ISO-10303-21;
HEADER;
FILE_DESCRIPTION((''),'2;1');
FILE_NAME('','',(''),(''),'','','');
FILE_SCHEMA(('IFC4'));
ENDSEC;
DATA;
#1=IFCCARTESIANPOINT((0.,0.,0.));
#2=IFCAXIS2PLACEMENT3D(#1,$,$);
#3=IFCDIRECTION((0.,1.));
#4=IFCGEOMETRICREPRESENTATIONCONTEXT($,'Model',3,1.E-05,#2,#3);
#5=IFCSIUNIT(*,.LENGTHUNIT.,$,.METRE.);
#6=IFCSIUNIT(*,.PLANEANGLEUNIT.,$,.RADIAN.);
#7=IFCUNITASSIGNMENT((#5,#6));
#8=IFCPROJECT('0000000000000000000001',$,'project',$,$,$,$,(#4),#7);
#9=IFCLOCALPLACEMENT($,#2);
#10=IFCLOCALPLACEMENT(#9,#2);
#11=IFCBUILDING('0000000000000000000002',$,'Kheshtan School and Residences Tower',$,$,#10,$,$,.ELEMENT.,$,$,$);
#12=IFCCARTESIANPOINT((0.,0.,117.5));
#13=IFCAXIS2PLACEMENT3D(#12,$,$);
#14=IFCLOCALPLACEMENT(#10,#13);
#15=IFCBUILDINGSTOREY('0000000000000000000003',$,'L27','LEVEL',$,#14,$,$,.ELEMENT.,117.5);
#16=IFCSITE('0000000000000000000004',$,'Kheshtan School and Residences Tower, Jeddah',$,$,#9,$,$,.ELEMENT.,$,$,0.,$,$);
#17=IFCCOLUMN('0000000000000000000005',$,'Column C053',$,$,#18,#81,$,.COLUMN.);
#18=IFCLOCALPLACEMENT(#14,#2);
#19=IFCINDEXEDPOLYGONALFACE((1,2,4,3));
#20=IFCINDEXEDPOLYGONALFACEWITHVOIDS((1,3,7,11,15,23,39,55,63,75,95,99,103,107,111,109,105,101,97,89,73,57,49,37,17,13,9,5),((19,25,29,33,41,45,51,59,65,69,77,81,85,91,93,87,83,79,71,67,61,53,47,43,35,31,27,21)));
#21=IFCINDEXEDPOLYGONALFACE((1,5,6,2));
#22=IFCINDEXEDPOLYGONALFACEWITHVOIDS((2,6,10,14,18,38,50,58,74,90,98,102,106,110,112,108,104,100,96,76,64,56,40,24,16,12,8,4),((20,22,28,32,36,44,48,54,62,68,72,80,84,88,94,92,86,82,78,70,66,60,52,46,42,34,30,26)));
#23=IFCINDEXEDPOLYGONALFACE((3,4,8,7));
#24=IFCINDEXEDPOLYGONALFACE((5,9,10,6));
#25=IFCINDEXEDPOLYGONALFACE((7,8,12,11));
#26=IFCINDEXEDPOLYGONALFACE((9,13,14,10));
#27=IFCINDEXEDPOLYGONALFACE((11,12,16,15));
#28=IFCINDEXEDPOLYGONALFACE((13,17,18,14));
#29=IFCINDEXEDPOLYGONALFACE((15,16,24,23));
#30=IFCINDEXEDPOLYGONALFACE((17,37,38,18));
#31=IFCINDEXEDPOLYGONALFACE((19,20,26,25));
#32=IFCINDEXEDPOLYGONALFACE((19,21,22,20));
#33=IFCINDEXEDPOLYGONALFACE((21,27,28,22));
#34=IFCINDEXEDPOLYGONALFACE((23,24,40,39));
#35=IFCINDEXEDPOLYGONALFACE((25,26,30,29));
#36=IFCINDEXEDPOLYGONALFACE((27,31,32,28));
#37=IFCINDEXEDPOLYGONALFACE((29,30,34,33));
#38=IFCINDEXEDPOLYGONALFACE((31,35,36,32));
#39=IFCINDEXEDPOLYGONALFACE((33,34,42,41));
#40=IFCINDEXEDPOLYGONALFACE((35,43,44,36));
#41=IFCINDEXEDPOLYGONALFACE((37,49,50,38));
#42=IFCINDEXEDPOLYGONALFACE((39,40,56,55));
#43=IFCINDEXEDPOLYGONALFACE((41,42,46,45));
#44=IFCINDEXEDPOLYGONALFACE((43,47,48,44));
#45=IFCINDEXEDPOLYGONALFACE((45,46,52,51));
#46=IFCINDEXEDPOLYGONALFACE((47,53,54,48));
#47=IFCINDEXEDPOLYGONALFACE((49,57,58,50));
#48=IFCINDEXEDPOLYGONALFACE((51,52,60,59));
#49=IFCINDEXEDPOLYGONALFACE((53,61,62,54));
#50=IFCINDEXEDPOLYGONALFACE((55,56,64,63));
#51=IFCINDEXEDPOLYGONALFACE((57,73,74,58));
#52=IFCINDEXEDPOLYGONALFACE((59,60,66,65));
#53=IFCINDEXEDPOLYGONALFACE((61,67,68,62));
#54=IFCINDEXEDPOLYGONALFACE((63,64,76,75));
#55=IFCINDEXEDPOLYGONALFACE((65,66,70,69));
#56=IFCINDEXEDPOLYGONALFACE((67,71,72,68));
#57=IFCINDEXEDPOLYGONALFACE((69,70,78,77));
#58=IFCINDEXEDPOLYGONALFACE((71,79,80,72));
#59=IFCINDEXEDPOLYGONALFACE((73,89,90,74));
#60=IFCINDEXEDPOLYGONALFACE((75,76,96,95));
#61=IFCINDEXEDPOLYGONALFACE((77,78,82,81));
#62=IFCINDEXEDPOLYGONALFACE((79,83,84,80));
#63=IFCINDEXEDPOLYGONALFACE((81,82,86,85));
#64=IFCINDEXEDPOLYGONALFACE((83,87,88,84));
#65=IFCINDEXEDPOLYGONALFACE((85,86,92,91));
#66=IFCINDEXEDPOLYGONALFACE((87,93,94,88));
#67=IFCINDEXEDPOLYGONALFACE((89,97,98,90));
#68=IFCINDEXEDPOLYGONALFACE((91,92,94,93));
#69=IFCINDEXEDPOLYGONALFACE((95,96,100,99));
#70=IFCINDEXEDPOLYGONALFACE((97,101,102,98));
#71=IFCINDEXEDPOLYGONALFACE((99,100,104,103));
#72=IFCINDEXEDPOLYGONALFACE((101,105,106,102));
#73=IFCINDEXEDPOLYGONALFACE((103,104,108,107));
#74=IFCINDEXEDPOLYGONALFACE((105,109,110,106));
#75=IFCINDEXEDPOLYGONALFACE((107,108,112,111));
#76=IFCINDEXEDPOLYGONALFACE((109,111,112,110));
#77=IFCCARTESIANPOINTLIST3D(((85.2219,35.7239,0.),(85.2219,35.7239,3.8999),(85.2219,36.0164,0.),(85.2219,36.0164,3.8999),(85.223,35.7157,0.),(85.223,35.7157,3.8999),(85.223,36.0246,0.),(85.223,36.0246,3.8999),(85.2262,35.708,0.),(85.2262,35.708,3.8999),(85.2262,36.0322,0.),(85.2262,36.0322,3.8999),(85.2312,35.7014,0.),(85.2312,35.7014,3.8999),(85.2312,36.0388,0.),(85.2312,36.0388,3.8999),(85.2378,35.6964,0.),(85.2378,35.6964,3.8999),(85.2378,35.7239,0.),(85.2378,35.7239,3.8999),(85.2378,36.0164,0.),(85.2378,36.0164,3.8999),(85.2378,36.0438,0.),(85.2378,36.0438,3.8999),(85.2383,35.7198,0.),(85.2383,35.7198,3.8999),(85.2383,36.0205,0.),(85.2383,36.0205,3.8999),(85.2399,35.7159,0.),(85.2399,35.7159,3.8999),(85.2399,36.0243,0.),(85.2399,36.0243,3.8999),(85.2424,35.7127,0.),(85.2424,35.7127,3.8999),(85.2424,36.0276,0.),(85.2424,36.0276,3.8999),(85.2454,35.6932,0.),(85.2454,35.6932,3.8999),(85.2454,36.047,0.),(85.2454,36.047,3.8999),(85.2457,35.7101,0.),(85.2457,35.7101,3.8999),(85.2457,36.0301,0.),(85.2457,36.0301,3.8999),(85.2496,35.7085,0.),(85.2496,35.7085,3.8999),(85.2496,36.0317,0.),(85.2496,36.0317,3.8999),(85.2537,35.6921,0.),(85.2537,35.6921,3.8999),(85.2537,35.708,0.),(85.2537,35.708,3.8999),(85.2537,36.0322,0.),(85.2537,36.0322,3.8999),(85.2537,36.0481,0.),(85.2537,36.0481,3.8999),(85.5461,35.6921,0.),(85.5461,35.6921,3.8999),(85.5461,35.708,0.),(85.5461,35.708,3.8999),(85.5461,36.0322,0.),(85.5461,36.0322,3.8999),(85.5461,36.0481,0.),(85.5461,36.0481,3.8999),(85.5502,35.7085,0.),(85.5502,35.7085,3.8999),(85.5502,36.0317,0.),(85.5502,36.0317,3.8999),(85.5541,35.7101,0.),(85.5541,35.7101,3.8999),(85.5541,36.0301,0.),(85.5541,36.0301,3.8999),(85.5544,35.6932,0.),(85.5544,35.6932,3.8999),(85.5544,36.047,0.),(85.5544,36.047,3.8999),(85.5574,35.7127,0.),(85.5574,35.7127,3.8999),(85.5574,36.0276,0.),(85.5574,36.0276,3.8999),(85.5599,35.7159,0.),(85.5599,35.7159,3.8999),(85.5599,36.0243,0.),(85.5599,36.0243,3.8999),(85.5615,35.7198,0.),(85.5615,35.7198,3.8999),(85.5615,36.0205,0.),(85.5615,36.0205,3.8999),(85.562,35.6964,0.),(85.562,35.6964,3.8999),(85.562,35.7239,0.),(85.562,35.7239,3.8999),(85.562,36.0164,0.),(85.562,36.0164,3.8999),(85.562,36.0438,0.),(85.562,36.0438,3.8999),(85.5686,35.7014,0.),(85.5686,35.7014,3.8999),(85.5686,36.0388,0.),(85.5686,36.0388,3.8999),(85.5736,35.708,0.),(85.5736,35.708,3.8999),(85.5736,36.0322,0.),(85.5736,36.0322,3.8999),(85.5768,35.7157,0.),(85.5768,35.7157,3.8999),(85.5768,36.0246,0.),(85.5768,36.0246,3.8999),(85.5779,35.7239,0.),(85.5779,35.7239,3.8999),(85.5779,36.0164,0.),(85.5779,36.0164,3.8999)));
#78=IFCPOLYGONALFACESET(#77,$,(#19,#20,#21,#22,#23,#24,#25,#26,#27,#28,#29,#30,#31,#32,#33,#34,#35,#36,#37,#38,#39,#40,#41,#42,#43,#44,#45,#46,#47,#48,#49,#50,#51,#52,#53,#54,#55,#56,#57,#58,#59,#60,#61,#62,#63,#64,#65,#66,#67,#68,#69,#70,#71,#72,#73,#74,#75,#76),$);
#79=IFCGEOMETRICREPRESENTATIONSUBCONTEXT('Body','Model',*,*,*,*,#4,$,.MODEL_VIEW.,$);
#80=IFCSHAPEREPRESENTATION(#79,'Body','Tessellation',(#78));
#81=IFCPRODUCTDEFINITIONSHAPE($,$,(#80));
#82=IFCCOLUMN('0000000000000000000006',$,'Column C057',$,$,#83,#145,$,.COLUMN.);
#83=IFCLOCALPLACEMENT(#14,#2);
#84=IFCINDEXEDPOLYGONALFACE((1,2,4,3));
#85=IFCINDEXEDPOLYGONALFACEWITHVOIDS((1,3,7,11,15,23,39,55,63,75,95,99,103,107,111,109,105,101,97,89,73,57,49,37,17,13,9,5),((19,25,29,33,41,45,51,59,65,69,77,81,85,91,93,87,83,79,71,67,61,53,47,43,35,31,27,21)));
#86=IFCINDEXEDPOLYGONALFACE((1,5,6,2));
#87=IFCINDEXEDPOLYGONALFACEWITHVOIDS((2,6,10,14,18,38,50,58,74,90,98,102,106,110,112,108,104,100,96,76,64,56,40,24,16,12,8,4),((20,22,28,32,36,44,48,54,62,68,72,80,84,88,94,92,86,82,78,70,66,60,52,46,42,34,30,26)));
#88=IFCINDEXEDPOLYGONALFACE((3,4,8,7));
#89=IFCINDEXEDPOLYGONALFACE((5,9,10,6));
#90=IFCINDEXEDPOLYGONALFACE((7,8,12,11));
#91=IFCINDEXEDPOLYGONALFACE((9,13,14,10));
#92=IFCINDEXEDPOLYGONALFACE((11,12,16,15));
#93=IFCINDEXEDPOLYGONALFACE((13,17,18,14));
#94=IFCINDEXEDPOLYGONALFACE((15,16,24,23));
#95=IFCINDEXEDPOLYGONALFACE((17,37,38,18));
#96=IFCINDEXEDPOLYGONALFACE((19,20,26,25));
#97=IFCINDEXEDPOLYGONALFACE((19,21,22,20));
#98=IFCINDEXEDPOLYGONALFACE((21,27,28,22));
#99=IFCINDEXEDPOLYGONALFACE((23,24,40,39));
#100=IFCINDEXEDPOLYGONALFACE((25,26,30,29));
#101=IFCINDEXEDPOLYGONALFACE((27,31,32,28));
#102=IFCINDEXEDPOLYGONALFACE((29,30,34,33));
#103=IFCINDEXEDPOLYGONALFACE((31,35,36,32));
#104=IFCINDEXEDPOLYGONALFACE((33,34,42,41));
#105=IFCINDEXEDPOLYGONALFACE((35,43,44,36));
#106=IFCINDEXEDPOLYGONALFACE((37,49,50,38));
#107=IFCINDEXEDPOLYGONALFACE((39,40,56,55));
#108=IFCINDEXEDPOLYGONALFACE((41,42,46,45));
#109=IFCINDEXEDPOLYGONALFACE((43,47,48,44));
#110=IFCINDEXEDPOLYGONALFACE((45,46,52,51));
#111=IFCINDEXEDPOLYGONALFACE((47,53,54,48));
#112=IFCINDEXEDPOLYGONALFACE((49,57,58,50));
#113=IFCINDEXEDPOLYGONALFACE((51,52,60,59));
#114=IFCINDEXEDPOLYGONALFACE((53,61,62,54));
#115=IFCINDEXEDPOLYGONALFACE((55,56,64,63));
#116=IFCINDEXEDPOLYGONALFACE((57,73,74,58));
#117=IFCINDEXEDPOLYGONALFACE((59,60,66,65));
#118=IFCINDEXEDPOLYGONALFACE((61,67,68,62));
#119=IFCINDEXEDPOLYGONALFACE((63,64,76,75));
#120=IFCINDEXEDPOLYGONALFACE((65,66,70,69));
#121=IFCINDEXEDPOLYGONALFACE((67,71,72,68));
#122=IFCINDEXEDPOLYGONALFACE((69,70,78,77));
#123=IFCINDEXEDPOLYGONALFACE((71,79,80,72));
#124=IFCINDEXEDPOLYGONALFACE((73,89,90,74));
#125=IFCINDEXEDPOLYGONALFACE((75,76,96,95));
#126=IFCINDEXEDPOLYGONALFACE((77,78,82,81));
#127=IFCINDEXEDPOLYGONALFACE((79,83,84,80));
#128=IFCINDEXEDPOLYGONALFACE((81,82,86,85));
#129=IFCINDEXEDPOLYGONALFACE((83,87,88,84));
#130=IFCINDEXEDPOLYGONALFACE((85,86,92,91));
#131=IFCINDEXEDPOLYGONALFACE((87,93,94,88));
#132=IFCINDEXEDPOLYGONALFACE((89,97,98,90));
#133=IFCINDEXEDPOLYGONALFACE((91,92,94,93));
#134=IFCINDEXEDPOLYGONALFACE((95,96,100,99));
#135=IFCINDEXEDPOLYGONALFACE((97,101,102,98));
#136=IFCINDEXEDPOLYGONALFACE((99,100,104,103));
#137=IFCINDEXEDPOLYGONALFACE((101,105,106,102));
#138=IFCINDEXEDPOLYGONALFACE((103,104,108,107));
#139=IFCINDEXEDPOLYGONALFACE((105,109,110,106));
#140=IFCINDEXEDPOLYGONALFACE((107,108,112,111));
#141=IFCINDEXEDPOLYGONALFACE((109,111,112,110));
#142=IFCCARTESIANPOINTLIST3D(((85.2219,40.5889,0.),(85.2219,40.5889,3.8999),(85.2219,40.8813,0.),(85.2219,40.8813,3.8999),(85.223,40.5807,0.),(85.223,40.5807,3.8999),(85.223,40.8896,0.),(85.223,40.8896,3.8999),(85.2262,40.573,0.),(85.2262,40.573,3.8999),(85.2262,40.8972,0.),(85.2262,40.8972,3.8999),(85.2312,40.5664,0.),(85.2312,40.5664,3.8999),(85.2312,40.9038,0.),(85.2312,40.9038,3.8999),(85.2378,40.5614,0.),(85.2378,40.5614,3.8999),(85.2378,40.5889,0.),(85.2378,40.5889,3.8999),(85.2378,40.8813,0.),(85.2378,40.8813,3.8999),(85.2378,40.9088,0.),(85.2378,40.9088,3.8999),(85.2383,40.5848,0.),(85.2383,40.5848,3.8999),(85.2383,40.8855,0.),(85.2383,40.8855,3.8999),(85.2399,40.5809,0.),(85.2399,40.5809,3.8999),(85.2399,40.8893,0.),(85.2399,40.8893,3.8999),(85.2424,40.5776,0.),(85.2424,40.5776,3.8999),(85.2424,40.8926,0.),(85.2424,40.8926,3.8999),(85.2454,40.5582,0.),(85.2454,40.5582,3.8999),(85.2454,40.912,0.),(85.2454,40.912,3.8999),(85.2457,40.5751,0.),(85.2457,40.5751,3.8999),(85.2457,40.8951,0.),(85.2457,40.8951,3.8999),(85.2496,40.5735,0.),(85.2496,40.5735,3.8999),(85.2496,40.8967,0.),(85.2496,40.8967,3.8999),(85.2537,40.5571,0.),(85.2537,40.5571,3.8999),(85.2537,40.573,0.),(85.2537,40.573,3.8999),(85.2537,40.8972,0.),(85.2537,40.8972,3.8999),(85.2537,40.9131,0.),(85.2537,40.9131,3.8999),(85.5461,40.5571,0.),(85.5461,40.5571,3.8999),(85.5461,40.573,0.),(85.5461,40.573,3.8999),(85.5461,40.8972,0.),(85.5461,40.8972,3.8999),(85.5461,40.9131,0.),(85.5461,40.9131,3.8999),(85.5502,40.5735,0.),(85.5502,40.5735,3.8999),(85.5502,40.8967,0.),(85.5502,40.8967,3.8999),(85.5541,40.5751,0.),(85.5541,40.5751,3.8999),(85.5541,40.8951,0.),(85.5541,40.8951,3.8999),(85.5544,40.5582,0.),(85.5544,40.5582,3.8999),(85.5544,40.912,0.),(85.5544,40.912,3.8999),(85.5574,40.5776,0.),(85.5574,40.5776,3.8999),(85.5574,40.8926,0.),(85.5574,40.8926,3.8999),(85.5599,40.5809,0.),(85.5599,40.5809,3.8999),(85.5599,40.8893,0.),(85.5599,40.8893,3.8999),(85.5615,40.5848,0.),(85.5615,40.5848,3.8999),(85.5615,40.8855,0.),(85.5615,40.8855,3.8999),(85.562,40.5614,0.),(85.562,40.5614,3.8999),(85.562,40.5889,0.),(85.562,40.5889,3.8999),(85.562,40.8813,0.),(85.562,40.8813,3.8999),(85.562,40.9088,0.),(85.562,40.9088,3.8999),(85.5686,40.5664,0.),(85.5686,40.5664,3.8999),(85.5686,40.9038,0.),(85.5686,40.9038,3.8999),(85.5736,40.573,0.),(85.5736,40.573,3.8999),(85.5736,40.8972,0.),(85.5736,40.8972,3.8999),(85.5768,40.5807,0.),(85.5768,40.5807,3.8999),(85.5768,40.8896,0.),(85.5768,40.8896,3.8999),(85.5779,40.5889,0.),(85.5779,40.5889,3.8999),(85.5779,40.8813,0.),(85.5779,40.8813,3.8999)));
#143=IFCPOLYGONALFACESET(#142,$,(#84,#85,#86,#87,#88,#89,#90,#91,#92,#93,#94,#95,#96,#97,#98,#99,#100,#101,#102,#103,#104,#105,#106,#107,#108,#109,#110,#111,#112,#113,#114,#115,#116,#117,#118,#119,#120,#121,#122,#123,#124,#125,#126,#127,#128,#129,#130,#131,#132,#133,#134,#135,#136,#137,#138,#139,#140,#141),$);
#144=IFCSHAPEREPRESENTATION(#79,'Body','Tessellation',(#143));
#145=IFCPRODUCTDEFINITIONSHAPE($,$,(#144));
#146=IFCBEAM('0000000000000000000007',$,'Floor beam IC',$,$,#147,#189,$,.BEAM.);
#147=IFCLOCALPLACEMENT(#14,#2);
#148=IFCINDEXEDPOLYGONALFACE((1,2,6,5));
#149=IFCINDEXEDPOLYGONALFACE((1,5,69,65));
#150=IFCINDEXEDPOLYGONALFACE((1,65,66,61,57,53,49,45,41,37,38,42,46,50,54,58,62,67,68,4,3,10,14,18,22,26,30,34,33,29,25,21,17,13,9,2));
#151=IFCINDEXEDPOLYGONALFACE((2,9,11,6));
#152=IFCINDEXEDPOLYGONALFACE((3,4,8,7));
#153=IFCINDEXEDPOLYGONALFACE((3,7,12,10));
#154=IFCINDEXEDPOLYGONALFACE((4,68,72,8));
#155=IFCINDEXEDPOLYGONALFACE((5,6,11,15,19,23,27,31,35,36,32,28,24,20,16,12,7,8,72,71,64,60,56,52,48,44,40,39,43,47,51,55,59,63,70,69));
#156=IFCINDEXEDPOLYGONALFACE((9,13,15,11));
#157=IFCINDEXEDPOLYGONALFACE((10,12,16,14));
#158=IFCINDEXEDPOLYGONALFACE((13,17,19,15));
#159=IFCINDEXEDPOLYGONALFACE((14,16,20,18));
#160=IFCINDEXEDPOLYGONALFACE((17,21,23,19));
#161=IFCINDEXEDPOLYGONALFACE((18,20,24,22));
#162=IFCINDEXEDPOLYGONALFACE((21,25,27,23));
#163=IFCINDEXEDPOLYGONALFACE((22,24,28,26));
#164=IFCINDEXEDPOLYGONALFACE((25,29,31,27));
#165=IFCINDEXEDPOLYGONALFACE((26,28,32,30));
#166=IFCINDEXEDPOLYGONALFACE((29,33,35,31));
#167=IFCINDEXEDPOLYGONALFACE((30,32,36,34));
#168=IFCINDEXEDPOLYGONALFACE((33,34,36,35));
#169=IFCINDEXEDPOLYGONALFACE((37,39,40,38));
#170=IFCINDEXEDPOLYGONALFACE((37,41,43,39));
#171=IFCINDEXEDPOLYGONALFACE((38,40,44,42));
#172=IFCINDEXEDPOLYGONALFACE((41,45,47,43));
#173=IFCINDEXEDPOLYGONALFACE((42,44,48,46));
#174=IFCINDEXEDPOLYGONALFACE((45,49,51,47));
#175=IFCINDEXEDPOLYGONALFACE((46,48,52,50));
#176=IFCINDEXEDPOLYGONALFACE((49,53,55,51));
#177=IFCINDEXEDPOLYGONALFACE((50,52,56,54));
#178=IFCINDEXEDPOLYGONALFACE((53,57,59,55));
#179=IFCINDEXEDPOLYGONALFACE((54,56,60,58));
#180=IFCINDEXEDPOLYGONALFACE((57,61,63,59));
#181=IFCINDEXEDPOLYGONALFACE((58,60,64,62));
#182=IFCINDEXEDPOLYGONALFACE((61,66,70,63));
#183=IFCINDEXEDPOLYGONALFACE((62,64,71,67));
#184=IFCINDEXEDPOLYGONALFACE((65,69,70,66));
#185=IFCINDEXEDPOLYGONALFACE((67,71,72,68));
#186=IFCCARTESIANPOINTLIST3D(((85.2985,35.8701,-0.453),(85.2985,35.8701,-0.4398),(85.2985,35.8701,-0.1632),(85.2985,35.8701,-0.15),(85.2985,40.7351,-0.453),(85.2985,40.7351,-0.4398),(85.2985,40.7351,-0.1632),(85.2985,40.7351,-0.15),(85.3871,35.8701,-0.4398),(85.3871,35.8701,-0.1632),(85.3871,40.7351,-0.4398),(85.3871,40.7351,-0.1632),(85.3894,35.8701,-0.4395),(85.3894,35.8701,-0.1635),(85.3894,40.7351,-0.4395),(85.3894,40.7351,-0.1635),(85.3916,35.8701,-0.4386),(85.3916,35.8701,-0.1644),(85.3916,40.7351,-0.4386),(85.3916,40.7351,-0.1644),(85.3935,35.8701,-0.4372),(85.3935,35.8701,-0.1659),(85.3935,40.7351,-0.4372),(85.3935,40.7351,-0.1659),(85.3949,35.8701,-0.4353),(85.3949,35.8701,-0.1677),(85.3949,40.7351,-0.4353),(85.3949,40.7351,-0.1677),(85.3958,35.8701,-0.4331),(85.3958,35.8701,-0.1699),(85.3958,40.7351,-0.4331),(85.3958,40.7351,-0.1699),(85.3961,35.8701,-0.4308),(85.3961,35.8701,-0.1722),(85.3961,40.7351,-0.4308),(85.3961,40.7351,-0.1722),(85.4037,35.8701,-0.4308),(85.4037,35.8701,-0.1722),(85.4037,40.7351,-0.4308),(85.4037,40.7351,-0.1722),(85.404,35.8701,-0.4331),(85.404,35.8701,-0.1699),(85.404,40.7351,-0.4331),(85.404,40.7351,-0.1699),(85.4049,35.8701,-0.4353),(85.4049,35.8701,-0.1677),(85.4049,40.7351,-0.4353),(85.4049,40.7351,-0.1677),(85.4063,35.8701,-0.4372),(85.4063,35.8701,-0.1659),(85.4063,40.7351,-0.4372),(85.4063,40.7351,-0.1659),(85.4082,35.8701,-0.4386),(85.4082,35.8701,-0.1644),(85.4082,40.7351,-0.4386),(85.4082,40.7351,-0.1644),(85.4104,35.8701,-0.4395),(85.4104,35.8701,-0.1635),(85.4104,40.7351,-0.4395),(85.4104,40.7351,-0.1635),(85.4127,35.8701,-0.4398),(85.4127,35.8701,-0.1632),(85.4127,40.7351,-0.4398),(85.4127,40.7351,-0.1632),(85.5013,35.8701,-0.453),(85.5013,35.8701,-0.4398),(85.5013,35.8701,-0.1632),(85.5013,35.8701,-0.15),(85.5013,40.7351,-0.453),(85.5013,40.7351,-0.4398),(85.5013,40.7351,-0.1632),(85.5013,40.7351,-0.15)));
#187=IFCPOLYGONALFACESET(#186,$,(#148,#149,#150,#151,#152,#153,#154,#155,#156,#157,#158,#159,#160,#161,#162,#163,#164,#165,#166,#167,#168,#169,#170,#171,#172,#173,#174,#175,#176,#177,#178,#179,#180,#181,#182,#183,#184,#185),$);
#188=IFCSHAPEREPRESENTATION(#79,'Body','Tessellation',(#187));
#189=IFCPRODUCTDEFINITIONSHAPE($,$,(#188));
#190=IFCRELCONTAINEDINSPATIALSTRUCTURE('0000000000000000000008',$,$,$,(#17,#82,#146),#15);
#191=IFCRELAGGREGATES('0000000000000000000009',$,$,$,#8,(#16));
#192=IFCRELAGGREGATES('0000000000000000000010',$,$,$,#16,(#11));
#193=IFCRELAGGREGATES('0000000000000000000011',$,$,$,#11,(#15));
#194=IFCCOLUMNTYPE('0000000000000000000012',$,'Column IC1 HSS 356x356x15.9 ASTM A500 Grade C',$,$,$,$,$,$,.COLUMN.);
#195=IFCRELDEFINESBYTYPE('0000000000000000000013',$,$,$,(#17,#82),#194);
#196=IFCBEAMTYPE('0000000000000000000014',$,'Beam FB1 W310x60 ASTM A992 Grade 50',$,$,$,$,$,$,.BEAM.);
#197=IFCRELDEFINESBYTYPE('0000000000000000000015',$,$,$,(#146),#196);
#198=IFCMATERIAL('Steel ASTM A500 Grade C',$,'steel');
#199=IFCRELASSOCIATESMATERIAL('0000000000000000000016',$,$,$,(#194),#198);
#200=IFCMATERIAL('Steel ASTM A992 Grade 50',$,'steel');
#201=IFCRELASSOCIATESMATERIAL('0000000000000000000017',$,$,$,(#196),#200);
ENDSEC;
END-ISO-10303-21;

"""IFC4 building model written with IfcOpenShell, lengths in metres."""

from ifc_helpers import new_model, si_unit, direction, frame, origin, origin_2d, place, context, subcontext, project, spatial, hollow_rectangle, i_section, extrude, material, material_profile, profile_set, type_object, element, save


model = new_model("IFC4")

# Units and contexts
model_context = context("Model", 3, precision=1e-05, world=origin(), true_north=direction((0.0, 1.0)))
body_context = subcontext(model_context, "Body", "Model", "MODEL_VIEW")
ifc_project = project(units=[si_unit("LENGTHUNIT", "METRE"), si_unit("PLANEANGLEUNIT", "RADIAN")], contexts=[model_context])

# Site, building, storey
site_placement = place(None, origin())
site = spatial("IfcSite", under=ifc_project, at=site_placement, Name="Kheshtan School and Residences Tower, Jeddah", CompositionType="ELEMENT", RefElevation=0.0)
building_placement = place(site_placement, origin())
building = spatial("IfcBuilding", under=site, at=building_placement, Name="Kheshtan School and Residences Tower", CompositionType="ELEMENT")
storey_placement = place(building_placement, frame((0.0, 0.0, 117.5)))
storey = spatial("IfcBuildingStorey", under=building, at=storey_placement, Name="L27", Description="LEVEL", CompositionType="ELEMENT", Elevation=117.5)

# Columns
ifc_material_1 = material(Name="Steel ASTM A992 Grade 50", Category="steel")
ifc_material_2 = material(Name="Steel ASTM A500 Grade C", Category="steel")
ifc_material_profile_1 = material_profile(ifc_material_2, hollow_rectangle(XDim=0.356, YDim=0.356, WallThickness=0.0159, InnerFilletRadius=0.0159, OuterFilletRadius=0.0317, at=origin_2d()), Name="HSS 356x356x15.9")
ifc_profile_set_1 = profile_set([ifc_material_profile_1], Name="Steel ASTM A500 Grade C")
column_type_1 = type_object("IfcColumnType", Name="Column IC1 HSS 356x356x15.9 ASTM A500 Grade C", PredefinedType="COLUMN", material=ifc_profile_set_1)
for number, where, z_axis, x_axis, name in (
    (1, (85.3999, 35.8701, 0.0), (0.0, 0.0, 1.0), (1.0, 0.0, 0.0), "Column C053"),
    (2, (85.3999, 40.7351, 0.0), (0.0, 0.0, 1.0), (1.0, 0.0, 0.0), "Column C057"),
):
    element("IfcColumn", number, at=place(storey_placement, frame(where, z_axis=z_axis, x_axis=x_axis)), inside=storey, type_object=column_type_1, Name=name, PredefinedType="COLUMN", context=body_context, shape_type="SweptSolid", body=[
        extrude(hollow_rectangle(XDim=0.356, YDim=0.356, WallThickness=0.0159, InnerFilletRadius=0.0159, OuterFilletRadius=0.0317, at=origin_2d()), origin(), (0.0, 0.0, 1.0), 3.8999),
    ])

# Beam
ifc_material_profile_2 = material_profile(ifc_material_1, i_section(OverallWidth=0.2029, OverallDepth=0.303, WebThickness=0.0076, FlangeThickness=0.0132, FilletRadius=0.009, at=origin_2d()), Name="W310x60")
ifc_profile_set_2 = profile_set([ifc_material_profile_2], Name="Steel ASTM A992 Grade 50")
beam_type_1 = type_object("IfcBeamType", Name="Beam FB1 W310x60 ASTM A992 Grade 50", PredefinedType="BEAM", material=ifc_profile_set_2)
beam_placement = place(storey_placement, frame((85.3999, 40.7351, -0.3015), z_axis=(0.0, -1.0, 0.0), x_axis=(1.0, 0.0, 0.0)))
element("IfcBeam", 3, at=beam_placement, inside=storey, type_object=beam_type_1, Name="Floor beam IC", PredefinedType="BEAM", context=body_context, shape_type="SweptSolid", body=[
    extrude(i_section(OverallWidth=0.2029, OverallDepth=0.303, WebThickness=0.0076, FlangeThickness=0.0132, FilletRadius=0.009, at=origin_2d()), origin(), (0.0, 0.0, 1.0), 4.865),
])

save(model, "model.ifc")
